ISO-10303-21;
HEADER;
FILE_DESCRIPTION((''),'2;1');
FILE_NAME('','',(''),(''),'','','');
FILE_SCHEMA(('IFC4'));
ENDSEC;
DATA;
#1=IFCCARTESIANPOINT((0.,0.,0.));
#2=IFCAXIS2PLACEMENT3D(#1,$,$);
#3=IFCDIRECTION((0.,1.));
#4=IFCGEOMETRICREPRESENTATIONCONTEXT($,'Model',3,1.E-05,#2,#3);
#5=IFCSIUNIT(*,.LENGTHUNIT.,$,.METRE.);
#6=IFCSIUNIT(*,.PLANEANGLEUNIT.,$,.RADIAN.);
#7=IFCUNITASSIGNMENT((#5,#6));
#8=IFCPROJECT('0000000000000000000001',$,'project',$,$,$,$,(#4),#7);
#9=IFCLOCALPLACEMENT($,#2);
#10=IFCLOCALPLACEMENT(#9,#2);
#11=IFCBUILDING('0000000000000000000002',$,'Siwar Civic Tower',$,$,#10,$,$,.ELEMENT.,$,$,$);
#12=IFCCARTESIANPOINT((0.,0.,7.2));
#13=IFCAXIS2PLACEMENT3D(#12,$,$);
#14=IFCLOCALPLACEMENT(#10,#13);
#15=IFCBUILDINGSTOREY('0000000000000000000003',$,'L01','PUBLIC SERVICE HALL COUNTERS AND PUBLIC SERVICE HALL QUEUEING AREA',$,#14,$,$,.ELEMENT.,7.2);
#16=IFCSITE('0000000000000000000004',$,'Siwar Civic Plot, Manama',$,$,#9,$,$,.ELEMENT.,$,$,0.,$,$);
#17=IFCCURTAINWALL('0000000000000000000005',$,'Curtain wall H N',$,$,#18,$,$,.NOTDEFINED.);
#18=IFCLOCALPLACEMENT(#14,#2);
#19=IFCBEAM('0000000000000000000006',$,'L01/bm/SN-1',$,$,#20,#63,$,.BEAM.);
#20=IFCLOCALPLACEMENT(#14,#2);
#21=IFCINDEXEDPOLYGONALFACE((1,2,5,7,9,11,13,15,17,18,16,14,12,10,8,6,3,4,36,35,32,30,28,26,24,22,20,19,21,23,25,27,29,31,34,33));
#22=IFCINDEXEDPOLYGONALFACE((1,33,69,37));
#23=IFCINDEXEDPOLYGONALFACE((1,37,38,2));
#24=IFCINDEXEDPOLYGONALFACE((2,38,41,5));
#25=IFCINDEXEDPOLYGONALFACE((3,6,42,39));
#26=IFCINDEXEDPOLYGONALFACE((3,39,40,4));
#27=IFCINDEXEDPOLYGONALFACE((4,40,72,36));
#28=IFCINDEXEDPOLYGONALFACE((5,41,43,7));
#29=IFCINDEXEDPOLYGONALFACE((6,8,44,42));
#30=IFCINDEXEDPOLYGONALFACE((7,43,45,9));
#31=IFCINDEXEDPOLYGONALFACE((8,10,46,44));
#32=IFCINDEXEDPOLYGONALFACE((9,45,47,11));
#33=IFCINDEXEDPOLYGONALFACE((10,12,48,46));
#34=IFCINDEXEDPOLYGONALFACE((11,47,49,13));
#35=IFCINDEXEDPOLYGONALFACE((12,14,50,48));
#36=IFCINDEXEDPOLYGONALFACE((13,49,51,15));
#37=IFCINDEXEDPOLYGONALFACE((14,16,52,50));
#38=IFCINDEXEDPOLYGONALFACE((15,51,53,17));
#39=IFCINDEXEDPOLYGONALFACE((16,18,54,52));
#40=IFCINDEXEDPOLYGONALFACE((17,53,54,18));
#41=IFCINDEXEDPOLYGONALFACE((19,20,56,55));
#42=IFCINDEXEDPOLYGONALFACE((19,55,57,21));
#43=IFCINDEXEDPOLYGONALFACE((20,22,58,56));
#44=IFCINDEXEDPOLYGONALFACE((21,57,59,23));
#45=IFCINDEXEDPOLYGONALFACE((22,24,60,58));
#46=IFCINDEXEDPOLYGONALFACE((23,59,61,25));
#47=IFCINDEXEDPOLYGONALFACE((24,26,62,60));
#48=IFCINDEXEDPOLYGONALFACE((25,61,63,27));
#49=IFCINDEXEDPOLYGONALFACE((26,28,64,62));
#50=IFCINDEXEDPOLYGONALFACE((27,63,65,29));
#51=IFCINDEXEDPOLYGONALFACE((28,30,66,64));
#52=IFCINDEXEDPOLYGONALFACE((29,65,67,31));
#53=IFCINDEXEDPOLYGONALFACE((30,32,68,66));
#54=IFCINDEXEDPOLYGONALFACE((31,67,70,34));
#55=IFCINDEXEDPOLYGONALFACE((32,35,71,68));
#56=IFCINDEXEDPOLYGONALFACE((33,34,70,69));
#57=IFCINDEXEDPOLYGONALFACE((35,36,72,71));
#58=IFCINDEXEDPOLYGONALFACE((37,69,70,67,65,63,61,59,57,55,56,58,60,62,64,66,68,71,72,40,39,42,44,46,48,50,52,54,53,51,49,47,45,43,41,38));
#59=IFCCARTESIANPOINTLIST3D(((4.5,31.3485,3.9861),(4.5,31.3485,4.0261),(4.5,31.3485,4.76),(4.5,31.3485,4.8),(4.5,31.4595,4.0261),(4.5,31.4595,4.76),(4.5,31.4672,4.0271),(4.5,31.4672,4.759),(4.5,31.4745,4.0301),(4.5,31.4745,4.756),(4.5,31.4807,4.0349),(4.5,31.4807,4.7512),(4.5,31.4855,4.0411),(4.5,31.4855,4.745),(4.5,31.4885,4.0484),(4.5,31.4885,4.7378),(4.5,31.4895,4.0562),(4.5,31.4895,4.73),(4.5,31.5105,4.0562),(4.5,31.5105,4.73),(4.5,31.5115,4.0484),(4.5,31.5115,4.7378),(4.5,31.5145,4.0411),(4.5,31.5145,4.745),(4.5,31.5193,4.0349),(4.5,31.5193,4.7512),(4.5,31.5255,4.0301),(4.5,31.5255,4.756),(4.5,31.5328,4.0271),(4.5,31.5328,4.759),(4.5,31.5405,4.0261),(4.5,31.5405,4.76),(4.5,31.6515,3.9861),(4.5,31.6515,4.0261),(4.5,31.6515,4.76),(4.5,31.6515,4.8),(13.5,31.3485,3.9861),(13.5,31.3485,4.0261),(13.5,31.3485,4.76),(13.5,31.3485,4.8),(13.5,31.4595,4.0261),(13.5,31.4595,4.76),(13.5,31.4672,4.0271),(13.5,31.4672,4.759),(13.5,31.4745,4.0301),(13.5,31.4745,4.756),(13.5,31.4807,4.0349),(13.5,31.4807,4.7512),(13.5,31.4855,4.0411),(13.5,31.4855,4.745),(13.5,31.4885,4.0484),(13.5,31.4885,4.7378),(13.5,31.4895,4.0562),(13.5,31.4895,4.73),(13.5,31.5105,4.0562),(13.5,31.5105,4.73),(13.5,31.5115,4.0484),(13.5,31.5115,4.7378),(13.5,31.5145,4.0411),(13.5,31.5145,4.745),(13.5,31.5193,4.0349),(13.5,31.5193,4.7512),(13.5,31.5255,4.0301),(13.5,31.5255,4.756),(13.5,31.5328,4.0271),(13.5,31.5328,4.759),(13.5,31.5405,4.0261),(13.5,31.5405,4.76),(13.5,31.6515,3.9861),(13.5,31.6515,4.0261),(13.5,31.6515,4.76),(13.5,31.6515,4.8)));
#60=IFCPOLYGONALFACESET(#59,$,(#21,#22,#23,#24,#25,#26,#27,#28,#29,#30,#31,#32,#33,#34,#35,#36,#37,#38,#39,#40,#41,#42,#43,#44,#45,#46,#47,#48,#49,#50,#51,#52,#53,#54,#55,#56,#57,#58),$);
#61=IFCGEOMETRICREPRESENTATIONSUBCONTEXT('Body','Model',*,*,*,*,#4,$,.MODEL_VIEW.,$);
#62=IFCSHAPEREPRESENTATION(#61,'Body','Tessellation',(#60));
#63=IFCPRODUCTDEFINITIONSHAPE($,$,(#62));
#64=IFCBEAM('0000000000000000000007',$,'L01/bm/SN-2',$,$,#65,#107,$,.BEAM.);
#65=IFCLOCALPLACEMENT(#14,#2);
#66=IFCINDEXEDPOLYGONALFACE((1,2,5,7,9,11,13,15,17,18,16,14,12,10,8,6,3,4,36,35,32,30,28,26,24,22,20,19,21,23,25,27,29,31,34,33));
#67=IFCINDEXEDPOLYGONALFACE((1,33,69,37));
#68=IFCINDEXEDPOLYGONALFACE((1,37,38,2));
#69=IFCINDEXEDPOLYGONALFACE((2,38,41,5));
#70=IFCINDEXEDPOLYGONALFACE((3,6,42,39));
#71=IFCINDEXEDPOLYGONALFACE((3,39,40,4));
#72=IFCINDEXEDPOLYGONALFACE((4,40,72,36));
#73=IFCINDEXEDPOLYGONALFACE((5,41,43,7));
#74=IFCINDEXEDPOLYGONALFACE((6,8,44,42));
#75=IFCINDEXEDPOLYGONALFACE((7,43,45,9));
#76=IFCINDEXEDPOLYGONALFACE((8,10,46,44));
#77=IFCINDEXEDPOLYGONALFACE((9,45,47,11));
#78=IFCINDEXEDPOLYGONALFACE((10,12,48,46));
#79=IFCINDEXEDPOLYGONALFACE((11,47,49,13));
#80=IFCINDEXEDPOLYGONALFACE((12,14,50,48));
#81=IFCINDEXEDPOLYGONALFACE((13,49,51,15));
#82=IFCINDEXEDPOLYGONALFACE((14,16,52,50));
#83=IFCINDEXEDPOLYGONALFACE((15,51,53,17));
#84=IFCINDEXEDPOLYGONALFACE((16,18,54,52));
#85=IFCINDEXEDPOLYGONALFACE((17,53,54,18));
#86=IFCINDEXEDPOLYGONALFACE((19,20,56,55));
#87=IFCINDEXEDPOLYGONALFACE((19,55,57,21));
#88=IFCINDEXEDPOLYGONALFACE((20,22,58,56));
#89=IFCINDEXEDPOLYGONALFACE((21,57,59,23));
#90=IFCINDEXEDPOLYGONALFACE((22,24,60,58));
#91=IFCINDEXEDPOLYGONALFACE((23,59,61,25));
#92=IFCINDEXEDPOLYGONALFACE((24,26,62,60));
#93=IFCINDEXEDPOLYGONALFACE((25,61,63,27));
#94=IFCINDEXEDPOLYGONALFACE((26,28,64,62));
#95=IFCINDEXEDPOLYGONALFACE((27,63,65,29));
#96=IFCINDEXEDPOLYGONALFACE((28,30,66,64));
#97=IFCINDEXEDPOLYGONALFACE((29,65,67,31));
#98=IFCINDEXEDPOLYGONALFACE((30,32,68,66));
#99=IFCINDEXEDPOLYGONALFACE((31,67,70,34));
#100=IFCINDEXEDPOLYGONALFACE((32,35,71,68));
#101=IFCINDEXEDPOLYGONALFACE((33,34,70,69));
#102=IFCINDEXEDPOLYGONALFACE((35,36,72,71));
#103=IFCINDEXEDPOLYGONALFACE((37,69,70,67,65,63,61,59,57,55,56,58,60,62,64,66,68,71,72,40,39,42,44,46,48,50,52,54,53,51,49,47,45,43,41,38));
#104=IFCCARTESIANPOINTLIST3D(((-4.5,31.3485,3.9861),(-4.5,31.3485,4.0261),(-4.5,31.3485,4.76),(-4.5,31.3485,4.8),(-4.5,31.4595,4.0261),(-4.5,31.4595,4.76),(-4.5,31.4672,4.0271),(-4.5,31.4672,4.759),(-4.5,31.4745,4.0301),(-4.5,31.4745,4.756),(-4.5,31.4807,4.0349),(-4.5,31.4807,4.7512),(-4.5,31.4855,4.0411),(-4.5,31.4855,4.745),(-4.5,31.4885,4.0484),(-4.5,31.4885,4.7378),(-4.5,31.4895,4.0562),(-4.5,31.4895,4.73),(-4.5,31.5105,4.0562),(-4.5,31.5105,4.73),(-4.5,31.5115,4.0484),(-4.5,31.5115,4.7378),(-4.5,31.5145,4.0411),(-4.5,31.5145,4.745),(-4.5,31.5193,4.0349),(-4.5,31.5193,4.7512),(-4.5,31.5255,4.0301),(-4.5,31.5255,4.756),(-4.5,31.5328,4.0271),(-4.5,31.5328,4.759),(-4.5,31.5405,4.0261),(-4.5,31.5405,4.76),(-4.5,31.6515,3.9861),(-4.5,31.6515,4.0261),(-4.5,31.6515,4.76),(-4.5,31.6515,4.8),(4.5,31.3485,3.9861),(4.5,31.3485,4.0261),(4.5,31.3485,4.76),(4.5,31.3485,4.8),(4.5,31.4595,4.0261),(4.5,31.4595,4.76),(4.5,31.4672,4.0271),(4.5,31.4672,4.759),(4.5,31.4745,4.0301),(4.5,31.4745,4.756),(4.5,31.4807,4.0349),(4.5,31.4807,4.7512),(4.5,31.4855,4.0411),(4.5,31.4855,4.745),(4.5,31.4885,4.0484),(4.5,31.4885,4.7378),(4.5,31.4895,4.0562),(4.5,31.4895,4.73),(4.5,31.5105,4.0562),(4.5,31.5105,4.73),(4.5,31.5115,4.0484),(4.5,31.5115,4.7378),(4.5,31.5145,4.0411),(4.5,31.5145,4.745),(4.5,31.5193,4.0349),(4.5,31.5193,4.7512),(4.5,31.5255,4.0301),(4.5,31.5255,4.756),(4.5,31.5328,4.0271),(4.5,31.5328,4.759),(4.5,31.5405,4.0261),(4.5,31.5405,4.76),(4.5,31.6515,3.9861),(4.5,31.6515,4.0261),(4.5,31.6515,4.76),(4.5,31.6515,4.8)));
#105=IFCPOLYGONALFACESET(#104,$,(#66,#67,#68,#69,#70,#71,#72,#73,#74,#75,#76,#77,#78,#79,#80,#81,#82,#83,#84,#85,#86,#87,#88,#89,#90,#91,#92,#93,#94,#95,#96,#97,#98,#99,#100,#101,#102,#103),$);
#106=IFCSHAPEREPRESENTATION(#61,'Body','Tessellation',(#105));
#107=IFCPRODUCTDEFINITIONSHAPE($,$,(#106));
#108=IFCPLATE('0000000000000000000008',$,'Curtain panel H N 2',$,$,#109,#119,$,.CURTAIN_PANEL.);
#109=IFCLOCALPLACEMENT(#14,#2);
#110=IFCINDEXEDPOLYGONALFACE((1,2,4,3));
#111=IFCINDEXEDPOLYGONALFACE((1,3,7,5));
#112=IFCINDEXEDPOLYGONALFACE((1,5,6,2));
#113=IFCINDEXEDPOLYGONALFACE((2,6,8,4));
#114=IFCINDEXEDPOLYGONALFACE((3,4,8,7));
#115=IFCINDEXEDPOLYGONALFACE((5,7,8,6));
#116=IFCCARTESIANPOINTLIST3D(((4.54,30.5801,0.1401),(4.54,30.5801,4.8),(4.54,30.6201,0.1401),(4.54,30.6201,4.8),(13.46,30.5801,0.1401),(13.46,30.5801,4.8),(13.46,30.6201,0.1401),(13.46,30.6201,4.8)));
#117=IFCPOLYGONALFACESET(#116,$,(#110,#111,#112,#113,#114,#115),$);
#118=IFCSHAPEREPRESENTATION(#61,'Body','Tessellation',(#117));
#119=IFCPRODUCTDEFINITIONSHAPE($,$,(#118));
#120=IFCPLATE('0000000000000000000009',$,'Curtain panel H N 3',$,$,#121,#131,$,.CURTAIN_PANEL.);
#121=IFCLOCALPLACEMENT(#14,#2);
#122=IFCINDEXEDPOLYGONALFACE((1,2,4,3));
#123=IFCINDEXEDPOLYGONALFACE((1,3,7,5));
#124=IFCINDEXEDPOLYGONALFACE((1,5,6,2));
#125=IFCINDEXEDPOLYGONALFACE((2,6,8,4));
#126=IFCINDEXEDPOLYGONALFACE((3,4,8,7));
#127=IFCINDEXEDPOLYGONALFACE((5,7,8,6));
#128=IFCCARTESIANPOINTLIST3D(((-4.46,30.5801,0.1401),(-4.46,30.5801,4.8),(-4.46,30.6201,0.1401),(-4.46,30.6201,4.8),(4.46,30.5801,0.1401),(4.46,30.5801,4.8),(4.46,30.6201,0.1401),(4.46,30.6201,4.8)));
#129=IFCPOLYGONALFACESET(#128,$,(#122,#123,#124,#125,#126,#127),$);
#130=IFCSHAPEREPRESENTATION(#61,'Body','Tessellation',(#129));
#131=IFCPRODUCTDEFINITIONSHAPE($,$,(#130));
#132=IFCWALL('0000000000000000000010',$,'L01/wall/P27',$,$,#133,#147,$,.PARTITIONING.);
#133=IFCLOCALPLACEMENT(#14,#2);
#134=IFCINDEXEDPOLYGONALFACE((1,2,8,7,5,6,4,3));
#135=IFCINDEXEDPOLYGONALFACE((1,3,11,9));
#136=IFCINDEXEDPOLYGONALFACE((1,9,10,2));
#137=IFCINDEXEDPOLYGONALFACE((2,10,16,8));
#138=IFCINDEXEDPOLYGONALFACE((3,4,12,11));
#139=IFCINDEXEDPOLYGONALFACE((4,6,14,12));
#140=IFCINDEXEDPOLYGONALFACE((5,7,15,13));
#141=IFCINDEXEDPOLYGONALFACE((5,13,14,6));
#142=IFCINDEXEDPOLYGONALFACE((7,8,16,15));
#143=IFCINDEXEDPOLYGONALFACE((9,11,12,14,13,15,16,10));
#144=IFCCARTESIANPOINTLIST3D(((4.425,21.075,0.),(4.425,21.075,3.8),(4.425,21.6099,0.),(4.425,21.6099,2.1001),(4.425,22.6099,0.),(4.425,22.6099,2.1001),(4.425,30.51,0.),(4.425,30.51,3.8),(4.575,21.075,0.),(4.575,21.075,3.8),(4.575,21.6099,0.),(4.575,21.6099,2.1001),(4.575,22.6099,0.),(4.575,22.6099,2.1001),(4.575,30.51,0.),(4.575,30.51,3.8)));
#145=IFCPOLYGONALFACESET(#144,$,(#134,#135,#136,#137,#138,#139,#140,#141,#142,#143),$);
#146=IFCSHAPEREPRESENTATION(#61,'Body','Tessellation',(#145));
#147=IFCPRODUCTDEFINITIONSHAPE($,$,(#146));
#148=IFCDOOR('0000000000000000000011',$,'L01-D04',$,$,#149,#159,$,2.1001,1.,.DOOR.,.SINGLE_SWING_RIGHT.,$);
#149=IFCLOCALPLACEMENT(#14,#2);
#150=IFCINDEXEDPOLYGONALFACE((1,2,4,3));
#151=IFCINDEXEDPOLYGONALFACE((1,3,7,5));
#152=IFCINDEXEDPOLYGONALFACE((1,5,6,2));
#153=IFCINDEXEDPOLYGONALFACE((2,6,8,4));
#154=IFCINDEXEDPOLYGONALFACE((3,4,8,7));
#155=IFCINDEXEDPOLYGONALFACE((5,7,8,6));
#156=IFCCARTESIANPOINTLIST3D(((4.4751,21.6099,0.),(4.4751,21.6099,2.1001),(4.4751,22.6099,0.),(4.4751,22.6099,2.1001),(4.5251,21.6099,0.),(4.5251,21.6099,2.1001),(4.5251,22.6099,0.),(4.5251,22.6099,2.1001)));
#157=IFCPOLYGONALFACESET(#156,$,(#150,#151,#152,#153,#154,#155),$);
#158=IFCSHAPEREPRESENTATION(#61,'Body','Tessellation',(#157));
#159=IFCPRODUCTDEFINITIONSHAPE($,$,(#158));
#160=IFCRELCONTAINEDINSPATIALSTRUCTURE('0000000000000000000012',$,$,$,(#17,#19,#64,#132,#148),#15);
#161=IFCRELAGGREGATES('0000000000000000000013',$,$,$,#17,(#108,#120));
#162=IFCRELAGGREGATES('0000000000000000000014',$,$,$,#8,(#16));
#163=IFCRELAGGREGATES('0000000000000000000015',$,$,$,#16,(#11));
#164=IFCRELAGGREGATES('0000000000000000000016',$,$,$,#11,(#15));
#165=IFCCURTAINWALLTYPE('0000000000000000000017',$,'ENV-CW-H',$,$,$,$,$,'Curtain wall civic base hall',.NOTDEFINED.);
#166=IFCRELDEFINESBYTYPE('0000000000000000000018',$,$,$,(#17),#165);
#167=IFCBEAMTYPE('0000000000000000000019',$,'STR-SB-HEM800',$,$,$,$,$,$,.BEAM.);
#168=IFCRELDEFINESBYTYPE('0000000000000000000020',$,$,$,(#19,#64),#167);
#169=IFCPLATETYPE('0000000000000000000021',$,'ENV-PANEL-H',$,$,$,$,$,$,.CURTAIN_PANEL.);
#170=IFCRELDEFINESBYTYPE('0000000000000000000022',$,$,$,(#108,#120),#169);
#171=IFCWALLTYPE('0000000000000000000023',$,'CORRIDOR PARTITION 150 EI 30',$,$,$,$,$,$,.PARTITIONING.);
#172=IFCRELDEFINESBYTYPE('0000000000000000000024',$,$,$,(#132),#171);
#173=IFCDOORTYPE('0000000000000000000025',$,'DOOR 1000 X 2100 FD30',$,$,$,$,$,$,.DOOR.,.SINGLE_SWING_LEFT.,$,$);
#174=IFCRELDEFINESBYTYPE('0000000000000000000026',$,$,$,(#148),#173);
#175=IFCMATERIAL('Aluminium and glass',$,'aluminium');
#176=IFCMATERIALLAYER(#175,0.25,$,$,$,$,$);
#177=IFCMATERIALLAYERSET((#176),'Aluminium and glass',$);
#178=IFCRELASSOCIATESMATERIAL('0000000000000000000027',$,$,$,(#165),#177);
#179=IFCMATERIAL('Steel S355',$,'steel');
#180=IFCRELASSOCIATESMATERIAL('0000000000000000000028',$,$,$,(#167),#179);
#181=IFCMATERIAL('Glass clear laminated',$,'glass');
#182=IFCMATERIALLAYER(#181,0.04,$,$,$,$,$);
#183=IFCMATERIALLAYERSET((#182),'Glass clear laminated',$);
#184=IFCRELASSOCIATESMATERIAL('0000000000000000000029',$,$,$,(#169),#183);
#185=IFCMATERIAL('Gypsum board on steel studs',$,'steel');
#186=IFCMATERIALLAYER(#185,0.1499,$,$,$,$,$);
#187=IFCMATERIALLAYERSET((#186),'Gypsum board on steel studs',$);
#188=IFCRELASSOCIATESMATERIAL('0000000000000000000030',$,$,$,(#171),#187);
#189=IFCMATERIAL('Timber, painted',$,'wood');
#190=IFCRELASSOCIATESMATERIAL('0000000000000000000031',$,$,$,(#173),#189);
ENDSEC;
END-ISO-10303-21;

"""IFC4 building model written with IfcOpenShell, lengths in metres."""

from ifc_helpers import new_model, si_unit, direction, frame, frame_2d, origin, origin_2d, place, context, subcontext, project, spatial, rectangle, i_section, extrude, material, layer, layer_set, material_profile, profile_set, type_object, element, fill, aggregate, save


model = new_model("IFC4")

# Units and contexts
model_context = context("Model", 3, precision=1e-05, world=origin(), true_north=direction((0.0, 1.0)))
body_context = subcontext(model_context, "Body", "Model", "MODEL_VIEW")
ifc_project = project(units=[si_unit("LENGTHUNIT", "METRE"), si_unit("PLANEANGLEUNIT", "RADIAN")], contexts=[model_context])

# Site, building, storey
site_placement = place(None, origin())
site = spatial("IfcSite", under=ifc_project, at=site_placement, Name="Siwar Civic Plot, Manama", CompositionType="ELEMENT", RefElevation=0.0)
building_placement = place(site_placement, origin())
building = spatial("IfcBuilding", under=site, at=building_placement, Name="Siwar Civic Tower", CompositionType="ELEMENT")
storey_placement = place(building_placement, frame((0.0, 0.0, 7.2)))
storey = spatial("IfcBuildingStorey", under=building, at=storey_placement, Name="L01", Description="PUBLIC SERVICE HALL COUNTERS AND PUBLIC SERVICE HALL QUEUEING AREA", CompositionType="ELEMENT", Elevation=7.2)

# Curtain wall
ifc_material_1 = material(Name="Aluminium and glass", Category="aluminium")
ifc_layer_1 = layer(ifc_material_1, 0.25)
ifc_layer_set_1 = layer_set([ifc_layer_1], Name="Aluminium and glass")
curtain_wall_type = type_object("IfcCurtainWallType", Name="ENV-CW-H", ElementType="Curtain wall civic base hall", PredefinedType="NOTDEFINED", material=ifc_layer_set_1)
curtain_wall_placement = place(storey_placement, origin())
curtain_wall = element("IfcCurtainWall", 1, at=curtain_wall_placement, inside=storey, type_object=curtain_wall_type, Name="Curtain wall H N", PredefinedType="NOTDEFINED")

# Beams
ifc_material_2 = material(Name="Steel S355", Category="steel")
ifc_material_profile_1 = material_profile(ifc_material_2, i_section(OverallWidth=0.303, OverallDepth=0.814, WebThickness=0.021, FlangeThickness=0.04, FilletRadius=0.03, at=origin_2d()), Name="HEM800")
ifc_profile_set_1 = profile_set([ifc_material_profile_1], Name="Steel S355")
beam_type_1 = type_object("IfcBeamType", Name="STR-SB-HEM800", PredefinedType="BEAM", material=ifc_profile_set_1)
for number, where, z_axis, x_axis, name in (
    (2, (13.5, 31.5, 4.3931), (-1.0, 0.0, 0.0), (0.0, -1.0, 0.0), "L01/bm/SN-1"),
    (3, (4.5, 31.5, 4.3931), (-1.0, 0.0, 0.0), (0.0, -1.0, 0.0), "L01/bm/SN-2"),
):
    element("IfcBeam", number, at=place(storey_placement, frame(where, z_axis=z_axis, x_axis=x_axis)), inside=storey, type_object=beam_type_1, Name=name, PredefinedType="BEAM", context=body_context, shape_type="SweptSolid", body=[
        extrude(i_section(OverallWidth=0.303, OverallDepth=0.814, WebThickness=0.021, FlangeThickness=0.04, FilletRadius=0.03, at=origin_2d()), origin(), (0.0, 0.0, 1.0), 9.0),
    ])

# Plates
ifc_material_3 = material(Name="Glass clear laminated", Category="glass")
ifc_layer_2 = layer(ifc_material_3, 0.04)
ifc_layer_set_2 = layer_set([ifc_layer_2], Name="Glass clear laminated")
plate_type = type_object("IfcPlateType", Name="ENV-PANEL-H", PredefinedType="CURTAIN_PANEL", material=ifc_layer_set_2)
plate_1_placement = place(storey_placement, frame((9.0, 30.6001, 0.1401), z_axis=(0.0, 0.0, 1.0), x_axis=(-1.0, 0.0, 0.0)))
plate_1 = element("IfcPlate", 4, at=plate_1_placement, type_object=plate_type, Name="Curtain panel H N 2", PredefinedType="CURTAIN_PANEL", context=body_context, shape_type="SweptSolid", body=[
    extrude(rectangle(XDim=8.9199, YDim=0.04, at=origin_2d()), origin(), (0.0, 0.0, 1.0), 4.6599),
])
plate_2_placement = place(storey_placement, frame((0.0, 30.6001, 0.1401), z_axis=(0.0, 0.0, 1.0), x_axis=(-1.0, 0.0, 0.0)))
plate_2 = element("IfcPlate", 5, at=plate_2_placement, type_object=plate_type, Name="Curtain panel H N 3", PredefinedType="CURTAIN_PANEL", context=body_context, shape_type="SweptSolid", body=[
    extrude(rectangle(XDim=8.9199, YDim=0.04, at=origin_2d()), origin(), (0.0, 0.0, 1.0), 4.6599),
])
aggregate(curtain_wall, [plate_1, plate_2])

# Wall, opening, door
ifc_material_4 = material(Name="Gypsum board on steel studs", Category="steel")
ifc_layer_3 = layer(ifc_material_4, 0.1499)
ifc_layer_set_3 = layer_set([ifc_layer_3], Name="Gypsum board on steel studs")
wall_type = type_object("IfcWallType", Name="CORRIDOR PARTITION 150 EI 30", PredefinedType="PARTITIONING", material=ifc_layer_set_3)
wall_placement = place(storey_placement, frame((4.5, 21.075, 0.0), z_axis=(0.0, 0.0, 1.0), x_axis=(0.0, 1.0, 0.0)))
wall = element("IfcWall", 6, at=wall_placement, inside=storey, type_object=wall_type, Name="L01/wall/P27", PredefinedType="PARTITIONING", context=body_context, shape_type="SweptSolid", body=[
    extrude(rectangle(XDim=9.4351, YDim=0.1499, at=frame_2d((4.7175, 0.0))), origin(), (0.0, 0.0, 1.0), 3.8),
])
opening_placement = place(wall_placement, frame((0.5349, 0.0, 0.0)))
opening = element("IfcOpeningElement", 7, at=opening_placement, cuts=wall, PredefinedType="OPENING", context=body_context, shape_type="SweptSolid", body=[
    extrude(rectangle(XDim=1.0, YDim=2.1001, at=frame_2d((0.5, 1.05))), frame((0.0, 0.085, 0.0), z_axis=(0.0, -1.0, 0.0), x_axis=(1.0, 0.0, 0.0)), (0.0, 0.0, 1.0), 0.1699),
])
ifc_material_5 = material(Name="Timber, painted", Category="wood")
door_type = type_object("IfcDoorType", Name="DOOR 1000 X 2100 FD30", OperationType="SINGLE_SWING_LEFT", PredefinedType="DOOR", material=ifc_material_5)
door_placement = place(opening_placement, origin())
door = element("IfcDoor", 8, at=door_placement, inside=storey, type_object=door_type, Name="L01-D04", OperationType="SINGLE_SWING_RIGHT", OverallHeight=2.1001, OverallWidth=1.0, PredefinedType="DOOR", context=body_context, shape_type="SweptSolid", body=[
    extrude(rectangle(XDim=1.0, YDim=2.1001, at=frame_2d((0.5, 1.05))), frame((0.0, 0.0249, 0.0), z_axis=(0.0, -1.0, 0.0), x_axis=(1.0, 0.0, 0.0)), (0.0, 0.0, 1.0), 0.05),
])
fill(opening, door)

save(model, "model.ifc")
